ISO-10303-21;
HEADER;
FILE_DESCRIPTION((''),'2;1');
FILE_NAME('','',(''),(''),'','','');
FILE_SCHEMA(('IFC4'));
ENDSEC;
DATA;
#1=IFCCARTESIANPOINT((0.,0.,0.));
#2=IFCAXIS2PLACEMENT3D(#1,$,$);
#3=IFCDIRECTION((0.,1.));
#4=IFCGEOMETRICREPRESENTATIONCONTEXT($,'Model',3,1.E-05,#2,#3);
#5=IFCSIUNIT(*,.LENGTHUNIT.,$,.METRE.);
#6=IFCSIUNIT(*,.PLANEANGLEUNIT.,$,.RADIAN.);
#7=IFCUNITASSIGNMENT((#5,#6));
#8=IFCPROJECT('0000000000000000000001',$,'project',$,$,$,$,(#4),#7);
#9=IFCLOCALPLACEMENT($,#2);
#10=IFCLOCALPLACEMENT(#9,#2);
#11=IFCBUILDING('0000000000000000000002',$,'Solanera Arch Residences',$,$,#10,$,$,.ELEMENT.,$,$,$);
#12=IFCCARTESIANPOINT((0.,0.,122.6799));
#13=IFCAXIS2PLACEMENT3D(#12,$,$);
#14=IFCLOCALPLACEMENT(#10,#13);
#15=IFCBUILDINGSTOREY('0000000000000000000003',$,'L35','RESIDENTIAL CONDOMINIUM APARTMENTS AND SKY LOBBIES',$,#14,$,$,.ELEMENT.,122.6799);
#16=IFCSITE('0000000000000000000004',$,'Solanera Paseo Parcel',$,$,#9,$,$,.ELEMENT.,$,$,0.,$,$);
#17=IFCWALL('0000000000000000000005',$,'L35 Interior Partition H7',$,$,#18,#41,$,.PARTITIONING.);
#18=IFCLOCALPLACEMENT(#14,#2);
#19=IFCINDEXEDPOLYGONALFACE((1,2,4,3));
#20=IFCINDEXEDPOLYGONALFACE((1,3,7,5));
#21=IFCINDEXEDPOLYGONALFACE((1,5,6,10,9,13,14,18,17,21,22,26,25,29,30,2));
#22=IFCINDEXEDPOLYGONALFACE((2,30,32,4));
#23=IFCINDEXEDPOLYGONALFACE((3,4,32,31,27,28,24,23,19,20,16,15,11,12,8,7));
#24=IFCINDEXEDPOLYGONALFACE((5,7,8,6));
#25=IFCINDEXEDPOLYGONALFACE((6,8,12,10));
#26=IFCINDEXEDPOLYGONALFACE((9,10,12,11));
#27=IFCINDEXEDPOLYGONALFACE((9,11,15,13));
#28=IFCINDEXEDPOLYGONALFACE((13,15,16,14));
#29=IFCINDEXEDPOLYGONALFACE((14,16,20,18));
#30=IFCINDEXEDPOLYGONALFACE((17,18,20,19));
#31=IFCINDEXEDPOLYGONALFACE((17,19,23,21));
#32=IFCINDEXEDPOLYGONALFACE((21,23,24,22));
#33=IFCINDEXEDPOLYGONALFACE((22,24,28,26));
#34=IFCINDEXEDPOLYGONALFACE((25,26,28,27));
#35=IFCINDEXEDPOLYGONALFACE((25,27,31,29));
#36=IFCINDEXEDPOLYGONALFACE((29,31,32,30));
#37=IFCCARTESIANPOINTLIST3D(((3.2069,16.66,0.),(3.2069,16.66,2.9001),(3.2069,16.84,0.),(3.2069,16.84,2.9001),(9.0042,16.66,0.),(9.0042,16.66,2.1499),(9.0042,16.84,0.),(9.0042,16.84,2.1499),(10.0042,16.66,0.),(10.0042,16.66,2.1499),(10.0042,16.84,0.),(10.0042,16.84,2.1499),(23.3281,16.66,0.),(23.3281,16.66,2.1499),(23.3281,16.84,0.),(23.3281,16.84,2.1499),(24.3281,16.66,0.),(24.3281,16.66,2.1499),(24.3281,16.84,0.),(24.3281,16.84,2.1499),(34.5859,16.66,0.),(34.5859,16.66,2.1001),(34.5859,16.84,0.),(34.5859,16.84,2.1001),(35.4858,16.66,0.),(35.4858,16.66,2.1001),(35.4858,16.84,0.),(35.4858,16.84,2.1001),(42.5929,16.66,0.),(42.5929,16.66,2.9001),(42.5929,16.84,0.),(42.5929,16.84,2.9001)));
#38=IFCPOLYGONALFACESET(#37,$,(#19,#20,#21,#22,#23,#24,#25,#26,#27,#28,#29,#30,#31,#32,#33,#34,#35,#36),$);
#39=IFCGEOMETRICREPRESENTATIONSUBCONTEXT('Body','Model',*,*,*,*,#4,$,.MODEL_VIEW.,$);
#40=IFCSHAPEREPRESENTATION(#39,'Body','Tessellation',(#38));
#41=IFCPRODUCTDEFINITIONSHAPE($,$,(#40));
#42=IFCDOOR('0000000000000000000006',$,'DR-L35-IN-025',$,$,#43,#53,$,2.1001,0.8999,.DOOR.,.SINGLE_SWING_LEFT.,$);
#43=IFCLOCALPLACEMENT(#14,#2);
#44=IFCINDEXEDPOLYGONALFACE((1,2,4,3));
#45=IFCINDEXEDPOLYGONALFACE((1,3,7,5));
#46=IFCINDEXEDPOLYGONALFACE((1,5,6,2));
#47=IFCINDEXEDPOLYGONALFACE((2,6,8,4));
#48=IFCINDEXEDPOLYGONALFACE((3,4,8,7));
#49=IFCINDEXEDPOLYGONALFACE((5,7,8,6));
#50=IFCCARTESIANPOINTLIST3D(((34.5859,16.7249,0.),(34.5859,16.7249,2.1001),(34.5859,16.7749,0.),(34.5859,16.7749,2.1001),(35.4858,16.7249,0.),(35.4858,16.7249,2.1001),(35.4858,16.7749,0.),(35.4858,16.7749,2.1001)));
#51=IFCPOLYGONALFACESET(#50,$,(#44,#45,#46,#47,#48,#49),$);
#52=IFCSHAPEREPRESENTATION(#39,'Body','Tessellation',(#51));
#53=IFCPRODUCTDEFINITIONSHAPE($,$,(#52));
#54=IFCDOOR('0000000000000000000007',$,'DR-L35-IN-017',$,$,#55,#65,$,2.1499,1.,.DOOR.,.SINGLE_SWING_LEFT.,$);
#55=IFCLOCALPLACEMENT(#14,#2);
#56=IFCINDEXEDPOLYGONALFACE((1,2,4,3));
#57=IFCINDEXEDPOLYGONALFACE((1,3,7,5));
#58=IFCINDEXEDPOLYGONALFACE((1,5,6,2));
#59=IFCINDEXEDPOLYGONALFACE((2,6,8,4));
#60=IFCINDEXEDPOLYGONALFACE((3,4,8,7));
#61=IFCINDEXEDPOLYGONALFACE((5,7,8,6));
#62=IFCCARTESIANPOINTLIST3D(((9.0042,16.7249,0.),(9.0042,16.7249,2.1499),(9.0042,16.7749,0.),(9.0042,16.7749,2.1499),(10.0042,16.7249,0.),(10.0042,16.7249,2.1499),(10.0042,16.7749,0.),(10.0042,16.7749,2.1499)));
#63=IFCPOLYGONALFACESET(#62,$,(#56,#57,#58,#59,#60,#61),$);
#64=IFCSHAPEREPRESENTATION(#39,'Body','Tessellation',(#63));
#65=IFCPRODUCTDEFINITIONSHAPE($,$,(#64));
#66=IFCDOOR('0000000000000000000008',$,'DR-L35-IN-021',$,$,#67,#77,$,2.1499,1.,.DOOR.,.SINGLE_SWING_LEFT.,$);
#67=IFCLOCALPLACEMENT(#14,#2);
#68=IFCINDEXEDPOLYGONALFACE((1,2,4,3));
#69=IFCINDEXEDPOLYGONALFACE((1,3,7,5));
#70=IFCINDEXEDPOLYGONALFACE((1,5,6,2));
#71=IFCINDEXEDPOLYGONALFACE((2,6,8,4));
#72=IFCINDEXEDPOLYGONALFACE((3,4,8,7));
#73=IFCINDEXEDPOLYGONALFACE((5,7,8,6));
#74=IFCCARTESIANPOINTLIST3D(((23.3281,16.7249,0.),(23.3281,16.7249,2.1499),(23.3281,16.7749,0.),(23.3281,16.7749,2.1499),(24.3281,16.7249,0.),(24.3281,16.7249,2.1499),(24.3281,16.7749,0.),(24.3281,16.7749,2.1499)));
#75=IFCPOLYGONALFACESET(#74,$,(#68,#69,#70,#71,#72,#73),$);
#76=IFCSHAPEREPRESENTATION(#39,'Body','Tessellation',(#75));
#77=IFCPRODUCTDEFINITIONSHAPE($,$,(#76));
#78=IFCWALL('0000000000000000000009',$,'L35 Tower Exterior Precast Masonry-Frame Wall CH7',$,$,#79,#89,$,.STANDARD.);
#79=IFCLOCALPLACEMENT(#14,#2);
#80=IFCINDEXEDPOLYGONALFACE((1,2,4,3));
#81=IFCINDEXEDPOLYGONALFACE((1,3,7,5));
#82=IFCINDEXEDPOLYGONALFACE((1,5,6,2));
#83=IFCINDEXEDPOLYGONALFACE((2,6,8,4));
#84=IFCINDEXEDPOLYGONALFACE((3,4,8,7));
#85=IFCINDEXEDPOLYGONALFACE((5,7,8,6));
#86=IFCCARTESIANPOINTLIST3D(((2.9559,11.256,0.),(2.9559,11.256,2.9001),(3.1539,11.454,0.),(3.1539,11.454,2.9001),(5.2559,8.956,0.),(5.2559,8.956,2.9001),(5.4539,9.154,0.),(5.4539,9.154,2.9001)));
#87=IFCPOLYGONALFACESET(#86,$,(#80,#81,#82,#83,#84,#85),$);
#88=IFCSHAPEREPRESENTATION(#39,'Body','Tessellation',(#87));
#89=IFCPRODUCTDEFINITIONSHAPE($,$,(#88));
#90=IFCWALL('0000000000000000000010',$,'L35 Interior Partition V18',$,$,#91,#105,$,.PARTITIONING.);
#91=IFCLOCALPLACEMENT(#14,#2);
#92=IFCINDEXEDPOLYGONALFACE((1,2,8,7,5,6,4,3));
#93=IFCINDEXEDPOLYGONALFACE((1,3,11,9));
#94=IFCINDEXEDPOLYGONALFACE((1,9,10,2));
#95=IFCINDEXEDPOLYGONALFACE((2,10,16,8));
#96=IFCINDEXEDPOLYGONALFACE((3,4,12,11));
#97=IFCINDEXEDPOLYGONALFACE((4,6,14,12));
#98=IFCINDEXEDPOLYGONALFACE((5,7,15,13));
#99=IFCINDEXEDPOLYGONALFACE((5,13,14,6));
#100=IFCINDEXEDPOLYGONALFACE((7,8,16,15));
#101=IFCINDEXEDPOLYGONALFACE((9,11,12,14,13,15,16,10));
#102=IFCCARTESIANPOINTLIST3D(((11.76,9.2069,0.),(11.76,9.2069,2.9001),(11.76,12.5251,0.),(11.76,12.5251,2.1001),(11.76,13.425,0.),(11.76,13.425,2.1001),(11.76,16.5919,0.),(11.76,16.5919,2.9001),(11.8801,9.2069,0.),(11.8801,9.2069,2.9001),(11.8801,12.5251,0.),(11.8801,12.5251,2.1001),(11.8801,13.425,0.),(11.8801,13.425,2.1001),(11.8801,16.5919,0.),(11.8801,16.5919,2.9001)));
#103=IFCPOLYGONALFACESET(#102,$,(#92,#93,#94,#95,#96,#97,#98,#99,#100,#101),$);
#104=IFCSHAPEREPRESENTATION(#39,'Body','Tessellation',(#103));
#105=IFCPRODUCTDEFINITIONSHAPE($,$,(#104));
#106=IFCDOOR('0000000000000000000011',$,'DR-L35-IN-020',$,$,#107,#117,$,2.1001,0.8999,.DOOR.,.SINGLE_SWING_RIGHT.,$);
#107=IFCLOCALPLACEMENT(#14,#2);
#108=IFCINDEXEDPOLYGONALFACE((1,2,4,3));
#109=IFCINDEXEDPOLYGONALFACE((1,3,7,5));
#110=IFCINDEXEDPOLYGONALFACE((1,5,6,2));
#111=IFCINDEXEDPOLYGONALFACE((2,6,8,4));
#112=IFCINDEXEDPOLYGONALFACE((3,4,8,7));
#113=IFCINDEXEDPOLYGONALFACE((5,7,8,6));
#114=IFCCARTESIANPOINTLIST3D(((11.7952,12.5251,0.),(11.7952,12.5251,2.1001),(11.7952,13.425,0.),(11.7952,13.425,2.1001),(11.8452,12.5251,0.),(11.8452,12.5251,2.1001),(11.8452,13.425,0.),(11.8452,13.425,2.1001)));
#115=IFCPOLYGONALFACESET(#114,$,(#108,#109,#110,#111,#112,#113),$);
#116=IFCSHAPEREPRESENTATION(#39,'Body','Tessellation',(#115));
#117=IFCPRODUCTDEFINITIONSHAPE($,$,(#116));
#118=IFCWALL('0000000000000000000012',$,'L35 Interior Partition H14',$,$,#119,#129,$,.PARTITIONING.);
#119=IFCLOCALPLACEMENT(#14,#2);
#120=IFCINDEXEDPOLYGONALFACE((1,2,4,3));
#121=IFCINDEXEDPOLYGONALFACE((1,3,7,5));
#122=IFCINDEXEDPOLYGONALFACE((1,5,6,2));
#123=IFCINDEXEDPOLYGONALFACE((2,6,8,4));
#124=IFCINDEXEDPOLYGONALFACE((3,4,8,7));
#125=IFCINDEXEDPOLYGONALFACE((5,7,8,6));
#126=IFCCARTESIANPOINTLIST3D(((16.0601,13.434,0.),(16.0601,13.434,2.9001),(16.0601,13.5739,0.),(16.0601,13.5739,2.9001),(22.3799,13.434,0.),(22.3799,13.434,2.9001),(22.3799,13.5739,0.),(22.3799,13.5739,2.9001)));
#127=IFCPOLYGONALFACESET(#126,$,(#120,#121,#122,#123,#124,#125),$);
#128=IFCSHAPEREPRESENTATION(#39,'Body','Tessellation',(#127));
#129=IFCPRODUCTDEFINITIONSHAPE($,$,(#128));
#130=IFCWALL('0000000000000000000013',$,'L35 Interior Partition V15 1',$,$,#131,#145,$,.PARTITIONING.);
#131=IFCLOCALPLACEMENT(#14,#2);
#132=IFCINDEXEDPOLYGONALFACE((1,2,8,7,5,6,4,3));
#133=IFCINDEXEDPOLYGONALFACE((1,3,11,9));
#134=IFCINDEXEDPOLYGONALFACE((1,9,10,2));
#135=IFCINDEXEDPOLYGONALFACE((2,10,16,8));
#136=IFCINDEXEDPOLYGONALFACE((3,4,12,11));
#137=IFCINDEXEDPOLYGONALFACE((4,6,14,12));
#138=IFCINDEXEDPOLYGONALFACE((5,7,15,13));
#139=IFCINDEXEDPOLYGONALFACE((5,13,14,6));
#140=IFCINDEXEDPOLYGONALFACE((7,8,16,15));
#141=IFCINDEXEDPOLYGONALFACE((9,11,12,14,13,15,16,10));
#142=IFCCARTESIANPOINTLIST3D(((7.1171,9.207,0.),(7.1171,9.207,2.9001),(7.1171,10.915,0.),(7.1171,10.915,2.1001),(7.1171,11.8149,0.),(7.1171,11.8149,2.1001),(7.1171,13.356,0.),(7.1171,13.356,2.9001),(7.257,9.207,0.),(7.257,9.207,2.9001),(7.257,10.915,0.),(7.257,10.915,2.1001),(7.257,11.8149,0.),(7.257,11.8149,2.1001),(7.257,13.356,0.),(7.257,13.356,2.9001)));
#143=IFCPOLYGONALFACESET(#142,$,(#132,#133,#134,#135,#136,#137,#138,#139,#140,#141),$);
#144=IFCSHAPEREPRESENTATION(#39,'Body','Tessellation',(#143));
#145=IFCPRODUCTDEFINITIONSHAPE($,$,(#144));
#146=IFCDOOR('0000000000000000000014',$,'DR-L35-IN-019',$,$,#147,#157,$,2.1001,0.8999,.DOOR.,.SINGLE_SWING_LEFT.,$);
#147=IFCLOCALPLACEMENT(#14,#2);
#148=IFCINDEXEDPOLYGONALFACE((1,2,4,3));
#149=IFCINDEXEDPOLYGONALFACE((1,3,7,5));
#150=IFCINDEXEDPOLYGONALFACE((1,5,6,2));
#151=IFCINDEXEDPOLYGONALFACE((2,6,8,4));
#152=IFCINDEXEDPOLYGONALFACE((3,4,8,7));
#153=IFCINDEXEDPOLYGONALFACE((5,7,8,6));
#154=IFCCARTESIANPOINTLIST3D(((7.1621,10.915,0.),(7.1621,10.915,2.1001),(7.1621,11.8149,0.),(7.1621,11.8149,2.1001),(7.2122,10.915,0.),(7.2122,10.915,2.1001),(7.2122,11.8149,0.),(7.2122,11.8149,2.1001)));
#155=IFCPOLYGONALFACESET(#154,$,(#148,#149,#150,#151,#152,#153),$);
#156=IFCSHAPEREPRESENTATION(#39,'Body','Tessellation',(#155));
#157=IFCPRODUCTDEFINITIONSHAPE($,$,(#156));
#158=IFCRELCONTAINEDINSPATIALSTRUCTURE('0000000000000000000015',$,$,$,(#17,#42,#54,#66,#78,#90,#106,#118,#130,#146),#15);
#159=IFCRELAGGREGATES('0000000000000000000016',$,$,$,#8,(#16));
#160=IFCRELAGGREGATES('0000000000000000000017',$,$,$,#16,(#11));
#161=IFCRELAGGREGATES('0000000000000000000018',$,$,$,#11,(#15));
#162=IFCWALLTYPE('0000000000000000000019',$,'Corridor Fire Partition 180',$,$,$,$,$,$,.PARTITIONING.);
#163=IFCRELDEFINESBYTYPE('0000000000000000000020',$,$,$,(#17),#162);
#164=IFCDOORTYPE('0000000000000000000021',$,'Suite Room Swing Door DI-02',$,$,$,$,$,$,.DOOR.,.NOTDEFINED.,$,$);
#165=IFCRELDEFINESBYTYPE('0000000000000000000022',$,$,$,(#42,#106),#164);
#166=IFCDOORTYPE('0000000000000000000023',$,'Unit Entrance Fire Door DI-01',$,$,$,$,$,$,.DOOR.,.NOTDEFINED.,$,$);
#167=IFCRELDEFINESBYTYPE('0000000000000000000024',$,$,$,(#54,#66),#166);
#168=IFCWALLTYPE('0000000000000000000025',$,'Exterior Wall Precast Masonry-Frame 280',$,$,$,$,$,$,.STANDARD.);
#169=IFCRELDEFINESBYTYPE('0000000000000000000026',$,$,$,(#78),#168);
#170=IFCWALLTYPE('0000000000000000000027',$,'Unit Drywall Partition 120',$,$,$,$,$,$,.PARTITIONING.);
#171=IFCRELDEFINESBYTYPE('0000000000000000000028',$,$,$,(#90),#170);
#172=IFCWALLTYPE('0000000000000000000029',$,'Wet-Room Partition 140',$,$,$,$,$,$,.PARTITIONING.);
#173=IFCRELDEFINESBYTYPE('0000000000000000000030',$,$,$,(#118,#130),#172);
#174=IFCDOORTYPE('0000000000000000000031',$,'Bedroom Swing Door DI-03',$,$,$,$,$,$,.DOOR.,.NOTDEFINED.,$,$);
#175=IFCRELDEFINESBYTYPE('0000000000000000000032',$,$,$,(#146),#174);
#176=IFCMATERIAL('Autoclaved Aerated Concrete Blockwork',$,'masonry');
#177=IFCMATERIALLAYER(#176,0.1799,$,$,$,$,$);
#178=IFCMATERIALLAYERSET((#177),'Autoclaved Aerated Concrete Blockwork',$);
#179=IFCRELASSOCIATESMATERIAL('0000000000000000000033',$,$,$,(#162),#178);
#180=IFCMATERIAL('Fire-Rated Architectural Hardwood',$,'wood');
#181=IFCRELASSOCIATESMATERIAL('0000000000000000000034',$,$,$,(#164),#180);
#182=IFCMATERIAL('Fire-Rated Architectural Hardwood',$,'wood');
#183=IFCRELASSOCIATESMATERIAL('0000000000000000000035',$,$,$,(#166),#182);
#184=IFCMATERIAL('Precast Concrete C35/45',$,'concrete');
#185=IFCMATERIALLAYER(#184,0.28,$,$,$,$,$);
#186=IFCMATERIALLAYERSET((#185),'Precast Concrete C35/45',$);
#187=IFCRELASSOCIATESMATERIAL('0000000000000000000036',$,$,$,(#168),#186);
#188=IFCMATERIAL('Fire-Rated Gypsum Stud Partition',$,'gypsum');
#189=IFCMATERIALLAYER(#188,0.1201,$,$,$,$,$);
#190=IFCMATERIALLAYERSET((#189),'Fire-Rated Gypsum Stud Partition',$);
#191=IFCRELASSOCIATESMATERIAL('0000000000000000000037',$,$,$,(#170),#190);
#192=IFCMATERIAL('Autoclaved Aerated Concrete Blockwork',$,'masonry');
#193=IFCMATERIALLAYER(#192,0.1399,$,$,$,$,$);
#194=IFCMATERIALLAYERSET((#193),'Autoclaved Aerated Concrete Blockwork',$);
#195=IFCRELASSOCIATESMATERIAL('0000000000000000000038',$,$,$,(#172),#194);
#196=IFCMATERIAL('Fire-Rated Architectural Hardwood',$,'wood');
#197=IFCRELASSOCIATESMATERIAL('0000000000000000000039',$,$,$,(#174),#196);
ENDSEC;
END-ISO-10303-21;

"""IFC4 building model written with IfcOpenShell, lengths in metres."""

from ifc_helpers import new_model, si_unit, direction, frame, frame_2d, origin, place, context, subcontext, project, spatial, rectangle, extrude, material, layer, layer_set, type_object, element, fill, save


model = new_model("IFC4")

# Units and contexts
model_context = context("Model", 3, precision=1e-05, world=origin(), true_north=direction((0.0, 1.0)))
body_context = subcontext(model_context, "Body", "Model", "MODEL_VIEW")
ifc_project = project(units=[si_unit("LENGTHUNIT", "METRE"), si_unit("PLANEANGLEUNIT", "RADIAN")], contexts=[model_context])

# Site, building, storey
site_placement = place(None, origin())
site = spatial("IfcSite", under=ifc_project, at=site_placement, Name="Solanera Paseo Parcel", CompositionType="ELEMENT", RefElevation=0.0)
building_placement = place(site_placement, origin())
building = spatial("IfcBuilding", under=site, at=building_placement, Name="Solanera Arch Residences", CompositionType="ELEMENT")
storey_placement = place(building_placement, frame((0.0, 0.0, 122.6799)))
storey = spatial("IfcBuildingStorey", under=building, at=storey_placement, Name="L35", Description="RESIDENTIAL CONDOMINIUM APARTMENTS AND SKY LOBBIES", CompositionType="ELEMENT", Elevation=122.6799)

# Wall, openings, doors
ifc_material_1 = material(Name="Autoclaved Aerated Concrete Blockwork", Category="masonry")
ifc_layer_1 = layer(ifc_material_1, 0.1799)
ifc_layer_set_1 = layer_set([ifc_layer_1], Name="Autoclaved Aerated Concrete Blockwork")
wall_type_1 = type_object("IfcWallType", Name="Corridor Fire Partition 180", PredefinedType="PARTITIONING", material=ifc_layer_set_1)
wall_1_placement = place(storey_placement, frame((3.207, 16.75, 0.0), z_axis=(0.0, 0.0, 1.0), x_axis=(1.0, 0.0, 0.0)))
wall_1 = element("IfcWall", 1, at=wall_1_placement, inside=storey, type_object=wall_type_1, Name="L35 Interior Partition H7", PredefinedType="PARTITIONING", context=body_context, shape_type="SweptSolid", body=[
    extrude(rectangle(XDim=39.386, YDim=0.1799, at=frame_2d((19.6929, 0.0))), origin(), (0.0, 0.0, 1.0), 2.9001),
])
opening_1_placement = place(wall_1_placement, frame((5.7971, 0.0, 0.0)))
opening_1 = element("IfcOpeningElement", 2, at=opening_1_placement, cuts=wall_1, PredefinedType="OPENING", context=body_context, shape_type="SweptSolid", body=[
    extrude(rectangle(XDim=1.0, YDim=2.1499, at=frame_2d((0.5, 1.075))), frame((0.0, 0.1001, 0.0), z_axis=(0.0, -1.0, 0.0), x_axis=(1.0, 0.0, 0.0)), (0.0, 0.0, 1.0), 0.1999),
])
opening_2_placement = place(wall_1_placement, frame((20.1211, 0.0, 0.0)))
opening_2 = element("IfcOpeningElement", 3, at=opening_2_placement, cuts=wall_1, PredefinedType="OPENING", context=body_context, shape_type="SweptSolid", body=[
    extrude(rectangle(XDim=1.0, YDim=2.1499, at=frame_2d((0.5, 1.075))), frame((0.0, 0.1001, 0.0), z_axis=(0.0, -1.0, 0.0), x_axis=(1.0, 0.0, 0.0)), (0.0, 0.0, 1.0), 0.1999),
])
opening_3_placement = place(wall_1_placement, frame((31.3789, 0.0, 0.0)))
opening_3 = element("IfcOpeningElement", 4, at=opening_3_placement, cuts=wall_1, PredefinedType="OPENING", context=body_context, shape_type="SweptSolid", body=[
    extrude(rectangle(XDim=0.8999, YDim=2.1001, at=frame_2d((0.45, 1.05))), frame((0.0, 0.1001, 0.0), z_axis=(0.0, -1.0, 0.0), x_axis=(1.0, 0.0, 0.0)), (0.0, 0.0, 1.0), 0.1999),
])
ifc_material_2 = material(Name="Fire-Rated Architectural Hardwood", Category="wood")
door_type_1 = type_object("IfcDoorType", Name="Suite Room Swing Door DI-02", OperationType="NOTDEFINED", PredefinedType="DOOR", material=ifc_material_2)
door_1_placement = place(opening_3_placement, origin())
door_1 = element("IfcDoor", 5, at=door_1_placement, inside=storey, type_object=door_type_1, Name="DR-L35-IN-025", OperationType="SINGLE_SWING_LEFT", OverallHeight=2.1001, OverallWidth=0.8999, PredefinedType="DOOR", context=body_context, shape_type="SweptSolid", body=[
    extrude(rectangle(XDim=0.8999, YDim=2.1001, at=frame_2d((0.45, 1.05))), frame((0.0, 0.0249, 0.0), z_axis=(0.0, -1.0, 0.0), x_axis=(1.0, 0.0, 0.0)), (0.0, 0.0, 1.0), 0.05),
])
fill(opening_3, door_1)
ifc_material_3 = material(Name="Fire-Rated Architectural Hardwood", Category="wood")
door_type_2 = type_object("IfcDoorType", Name="Unit Entrance Fire Door DI-01", OperationType="NOTDEFINED", PredefinedType="DOOR", material=ifc_material_3)
door_2_placement = place(opening_1_placement, origin())
door_2 = element("IfcDoor", 6, at=door_2_placement, inside=storey, type_object=door_type_2, Name="DR-L35-IN-017", OperationType="SINGLE_SWING_LEFT", OverallHeight=2.1499, OverallWidth=1.0, PredefinedType="DOOR", context=body_context, shape_type="SweptSolid", body=[
    extrude(rectangle(XDim=1.0, YDim=2.1499, at=frame_2d((0.5, 1.075))), frame((0.0, 0.0249, 0.0), z_axis=(0.0, -1.0, 0.0), x_axis=(1.0, 0.0, 0.0)), (0.0, 0.0, 1.0), 0.05),
])
fill(opening_1, door_2)
door_3_placement = place(opening_2_placement, origin())
door_3 = element("IfcDoor", 7, at=door_3_placement, inside=storey, type_object=door_type_2, Name="DR-L35-IN-021", OperationType="SINGLE_SWING_LEFT", OverallHeight=2.1499, OverallWidth=1.0, PredefinedType="DOOR", context=body_context, shape_type="SweptSolid", body=[
    extrude(rectangle(XDim=1.0, YDim=2.1499, at=frame_2d((0.5, 1.075))), frame((0.0, 0.0249, 0.0), z_axis=(0.0, -1.0, 0.0), x_axis=(1.0, 0.0, 0.0)), (0.0, 0.0, 1.0), 0.05),
])
fill(opening_2, door_3)

# Wall
ifc_material_4 = material(Name="Precast Concrete C35/45", Category="concrete")
ifc_layer_2 = layer(ifc_material_4, 0.28)
ifc_layer_set_2 = layer_set([ifc_layer_2], Name="Precast Concrete C35/45")
wall_type_2 = type_object("IfcWallType", Name="Exterior Wall Precast Masonry-Frame 280", PredefinedType="STANDARD", material=ifc_layer_set_2)
wall_2_placement = place(storey_placement, frame((5.355, 9.0549, 0.0), z_axis=(0.0, 0.0, 1.0), x_axis=(-0.707107, 0.707107, 0.0)))
element("IfcWall", 8, at=wall_2_placement, inside=storey, type_object=wall_type_2, Name="L35 Tower Exterior Precast Masonry-Frame Wall CH7", PredefinedType="STANDARD", context=body_context, shape_type="SweptSolid", body=[
    extrude(rectangle(XDim=3.2527, YDim=0.28, at=frame_2d((1.6265, 0.0))), origin(), (0.0, 0.0, 1.0), 2.9001),
])

# Wall, opening, door
ifc_material_5 = material(Name="Fire-Rated Gypsum Stud Partition", Category="gypsum")
ifc_layer_3 = layer(ifc_material_5, 0.1201)
ifc_layer_set_3 = layer_set([ifc_layer_3], Name="Fire-Rated Gypsum Stud Partition")
wall_type_3 = type_object("IfcWallType", Name="Unit Drywall Partition 120", PredefinedType="PARTITIONING", material=ifc_layer_set_3)
wall_3_placement = place(storey_placement, frame((11.8201, 9.207, 0.0), z_axis=(0.0, 0.0, 1.0), x_axis=(0.0, 1.0, 0.0)))
wall_3 = element("IfcWall", 9, at=wall_3_placement, inside=storey, type_object=wall_type_3, Name="L35 Interior Partition V18", PredefinedType="PARTITIONING", context=body_context, shape_type="SweptSolid", body=[
    extrude(rectangle(XDim=7.385, YDim=0.1201, at=frame_2d((3.6924, 0.0))), origin(), (0.0, 0.0, 1.0), 2.9001),
])
opening_4_placement = place(wall_3_placement, frame((3.3181, 0.0, 0.0)))
opening_4 = element("IfcOpeningElement", 10, at=opening_4_placement, cuts=wall_3, PredefinedType="OPENING", context=body_context, shape_type="SweptSolid", body=[
    extrude(rectangle(XDim=0.8999, YDim=2.1001, at=frame_2d((0.45, 1.05))), frame((0.0, 0.0701, 0.0), z_axis=(0.0, -1.0, 0.0), x_axis=(1.0, 0.0, 0.0)), (0.0, 0.0, 1.0), 0.1401),
])
door_4_placement = place(opening_4_placement, origin())
door_4 = element("IfcDoor", 11, at=door_4_placement, inside=storey, type_object=door_type_1, Name="DR-L35-IN-020", OperationType="SINGLE_SWING_RIGHT", OverallHeight=2.1001, OverallWidth=0.8999, PredefinedType="DOOR", context=body_context, shape_type="SweptSolid", body=[
    extrude(rectangle(XDim=0.8999, YDim=2.1001, at=frame_2d((0.45, 1.05))), frame((0.0, 0.0249, 0.0), z_axis=(0.0, -1.0, 0.0), x_axis=(1.0, 0.0, 0.0)), (0.0, 0.0, 1.0), 0.05),
])
fill(opening_4, door_4)

# Wall
ifc_material_6 = material(Name="Autoclaved Aerated Concrete Blockwork", Category="masonry")
ifc_layer_4 = layer(ifc_material_6, 0.1399)
ifc_layer_set_4 = layer_set([ifc_layer_4], Name="Autoclaved Aerated Concrete Blockwork")
wall_type_4 = type_object("IfcWallType", Name="Wet-Room Partition 140", PredefinedType="PARTITIONING", material=ifc_layer_set_4)
wall_4_placement = place(storey_placement, frame((16.0601, 13.5039, 0.0), z_axis=(0.0, 0.0, 1.0), x_axis=(1.0, 0.0, 0.0)))
element("IfcWall", 12, at=wall_4_placement, inside=storey, type_object=wall_type_4, Name="L35 Interior Partition H14", PredefinedType="PARTITIONING", context=body_context, shape_type="SweptSolid", body=[
    extrude(rectangle(XDim=6.3198, YDim=0.1399, at=frame_2d((3.1599, 0.0))), origin(), (0.0, 0.0, 1.0), 2.9001),
])

# Wall, opening, door
wall_5_placement = place(storey_placement, frame((7.187, 9.207, 0.0), z_axis=(0.0, 0.0, 1.0), x_axis=(0.0, 1.0, 0.0)))
wall_5 = element("IfcWall", 13, at=wall_5_placement, inside=storey, type_object=wall_type_4, Name="L35 Interior Partition V15 1", PredefinedType="PARTITIONING", context=body_context, shape_type="SweptSolid", body=[
    extrude(rectangle(XDim=4.1489, YDim=0.1399, at=frame_2d((2.0745, 0.0))), origin(), (0.0, 0.0, 1.0), 2.9001),
])
opening_5_placement = place(wall_5_placement, frame((1.708, 0.0, 0.0)))
opening_5 = element("IfcOpeningElement", 14, at=opening_5_placement, cuts=wall_5, PredefinedType="OPENING", context=body_context, shape_type="SweptSolid", body=[
    extrude(rectangle(XDim=0.8999, YDim=2.1001, at=frame_2d((0.45, 1.05))), frame((0.0, 0.0798, 0.0), z_axis=(0.0, -1.0, 0.0), x_axis=(1.0, 0.0, 0.0)), (0.0, 0.0, 1.0), 0.1599),
])
ifc_material_7 = material(Name="Fire-Rated Architectural Hardwood", Category="wood")
door_type_3 = type_object("IfcDoorType", Name="Bedroom Swing Door DI-03", OperationType="NOTDEFINED", PredefinedType="DOOR", material=ifc_material_7)
door_5_placement = place(opening_5_placement, origin())
door_5 = element("IfcDoor", 15, at=door_5_placement, inside=storey, type_object=door_type_3, Name="DR-L35-IN-019", OperationType="SINGLE_SWING_LEFT", OverallHeight=2.1001, OverallWidth=0.8999, PredefinedType="DOOR", context=body_context, shape_type="SweptSolid", body=[
    extrude(rectangle(XDim=0.8999, YDim=2.1001, at=frame_2d((0.45, 1.05))), frame((0.0, 0.0249, 0.0), z_axis=(0.0, -1.0, 0.0), x_axis=(1.0, 0.0, 0.0)), (0.0, 0.0, 1.0), 0.05),
])
fill(opening_5, door_5)

save(model, "model.ifc")
